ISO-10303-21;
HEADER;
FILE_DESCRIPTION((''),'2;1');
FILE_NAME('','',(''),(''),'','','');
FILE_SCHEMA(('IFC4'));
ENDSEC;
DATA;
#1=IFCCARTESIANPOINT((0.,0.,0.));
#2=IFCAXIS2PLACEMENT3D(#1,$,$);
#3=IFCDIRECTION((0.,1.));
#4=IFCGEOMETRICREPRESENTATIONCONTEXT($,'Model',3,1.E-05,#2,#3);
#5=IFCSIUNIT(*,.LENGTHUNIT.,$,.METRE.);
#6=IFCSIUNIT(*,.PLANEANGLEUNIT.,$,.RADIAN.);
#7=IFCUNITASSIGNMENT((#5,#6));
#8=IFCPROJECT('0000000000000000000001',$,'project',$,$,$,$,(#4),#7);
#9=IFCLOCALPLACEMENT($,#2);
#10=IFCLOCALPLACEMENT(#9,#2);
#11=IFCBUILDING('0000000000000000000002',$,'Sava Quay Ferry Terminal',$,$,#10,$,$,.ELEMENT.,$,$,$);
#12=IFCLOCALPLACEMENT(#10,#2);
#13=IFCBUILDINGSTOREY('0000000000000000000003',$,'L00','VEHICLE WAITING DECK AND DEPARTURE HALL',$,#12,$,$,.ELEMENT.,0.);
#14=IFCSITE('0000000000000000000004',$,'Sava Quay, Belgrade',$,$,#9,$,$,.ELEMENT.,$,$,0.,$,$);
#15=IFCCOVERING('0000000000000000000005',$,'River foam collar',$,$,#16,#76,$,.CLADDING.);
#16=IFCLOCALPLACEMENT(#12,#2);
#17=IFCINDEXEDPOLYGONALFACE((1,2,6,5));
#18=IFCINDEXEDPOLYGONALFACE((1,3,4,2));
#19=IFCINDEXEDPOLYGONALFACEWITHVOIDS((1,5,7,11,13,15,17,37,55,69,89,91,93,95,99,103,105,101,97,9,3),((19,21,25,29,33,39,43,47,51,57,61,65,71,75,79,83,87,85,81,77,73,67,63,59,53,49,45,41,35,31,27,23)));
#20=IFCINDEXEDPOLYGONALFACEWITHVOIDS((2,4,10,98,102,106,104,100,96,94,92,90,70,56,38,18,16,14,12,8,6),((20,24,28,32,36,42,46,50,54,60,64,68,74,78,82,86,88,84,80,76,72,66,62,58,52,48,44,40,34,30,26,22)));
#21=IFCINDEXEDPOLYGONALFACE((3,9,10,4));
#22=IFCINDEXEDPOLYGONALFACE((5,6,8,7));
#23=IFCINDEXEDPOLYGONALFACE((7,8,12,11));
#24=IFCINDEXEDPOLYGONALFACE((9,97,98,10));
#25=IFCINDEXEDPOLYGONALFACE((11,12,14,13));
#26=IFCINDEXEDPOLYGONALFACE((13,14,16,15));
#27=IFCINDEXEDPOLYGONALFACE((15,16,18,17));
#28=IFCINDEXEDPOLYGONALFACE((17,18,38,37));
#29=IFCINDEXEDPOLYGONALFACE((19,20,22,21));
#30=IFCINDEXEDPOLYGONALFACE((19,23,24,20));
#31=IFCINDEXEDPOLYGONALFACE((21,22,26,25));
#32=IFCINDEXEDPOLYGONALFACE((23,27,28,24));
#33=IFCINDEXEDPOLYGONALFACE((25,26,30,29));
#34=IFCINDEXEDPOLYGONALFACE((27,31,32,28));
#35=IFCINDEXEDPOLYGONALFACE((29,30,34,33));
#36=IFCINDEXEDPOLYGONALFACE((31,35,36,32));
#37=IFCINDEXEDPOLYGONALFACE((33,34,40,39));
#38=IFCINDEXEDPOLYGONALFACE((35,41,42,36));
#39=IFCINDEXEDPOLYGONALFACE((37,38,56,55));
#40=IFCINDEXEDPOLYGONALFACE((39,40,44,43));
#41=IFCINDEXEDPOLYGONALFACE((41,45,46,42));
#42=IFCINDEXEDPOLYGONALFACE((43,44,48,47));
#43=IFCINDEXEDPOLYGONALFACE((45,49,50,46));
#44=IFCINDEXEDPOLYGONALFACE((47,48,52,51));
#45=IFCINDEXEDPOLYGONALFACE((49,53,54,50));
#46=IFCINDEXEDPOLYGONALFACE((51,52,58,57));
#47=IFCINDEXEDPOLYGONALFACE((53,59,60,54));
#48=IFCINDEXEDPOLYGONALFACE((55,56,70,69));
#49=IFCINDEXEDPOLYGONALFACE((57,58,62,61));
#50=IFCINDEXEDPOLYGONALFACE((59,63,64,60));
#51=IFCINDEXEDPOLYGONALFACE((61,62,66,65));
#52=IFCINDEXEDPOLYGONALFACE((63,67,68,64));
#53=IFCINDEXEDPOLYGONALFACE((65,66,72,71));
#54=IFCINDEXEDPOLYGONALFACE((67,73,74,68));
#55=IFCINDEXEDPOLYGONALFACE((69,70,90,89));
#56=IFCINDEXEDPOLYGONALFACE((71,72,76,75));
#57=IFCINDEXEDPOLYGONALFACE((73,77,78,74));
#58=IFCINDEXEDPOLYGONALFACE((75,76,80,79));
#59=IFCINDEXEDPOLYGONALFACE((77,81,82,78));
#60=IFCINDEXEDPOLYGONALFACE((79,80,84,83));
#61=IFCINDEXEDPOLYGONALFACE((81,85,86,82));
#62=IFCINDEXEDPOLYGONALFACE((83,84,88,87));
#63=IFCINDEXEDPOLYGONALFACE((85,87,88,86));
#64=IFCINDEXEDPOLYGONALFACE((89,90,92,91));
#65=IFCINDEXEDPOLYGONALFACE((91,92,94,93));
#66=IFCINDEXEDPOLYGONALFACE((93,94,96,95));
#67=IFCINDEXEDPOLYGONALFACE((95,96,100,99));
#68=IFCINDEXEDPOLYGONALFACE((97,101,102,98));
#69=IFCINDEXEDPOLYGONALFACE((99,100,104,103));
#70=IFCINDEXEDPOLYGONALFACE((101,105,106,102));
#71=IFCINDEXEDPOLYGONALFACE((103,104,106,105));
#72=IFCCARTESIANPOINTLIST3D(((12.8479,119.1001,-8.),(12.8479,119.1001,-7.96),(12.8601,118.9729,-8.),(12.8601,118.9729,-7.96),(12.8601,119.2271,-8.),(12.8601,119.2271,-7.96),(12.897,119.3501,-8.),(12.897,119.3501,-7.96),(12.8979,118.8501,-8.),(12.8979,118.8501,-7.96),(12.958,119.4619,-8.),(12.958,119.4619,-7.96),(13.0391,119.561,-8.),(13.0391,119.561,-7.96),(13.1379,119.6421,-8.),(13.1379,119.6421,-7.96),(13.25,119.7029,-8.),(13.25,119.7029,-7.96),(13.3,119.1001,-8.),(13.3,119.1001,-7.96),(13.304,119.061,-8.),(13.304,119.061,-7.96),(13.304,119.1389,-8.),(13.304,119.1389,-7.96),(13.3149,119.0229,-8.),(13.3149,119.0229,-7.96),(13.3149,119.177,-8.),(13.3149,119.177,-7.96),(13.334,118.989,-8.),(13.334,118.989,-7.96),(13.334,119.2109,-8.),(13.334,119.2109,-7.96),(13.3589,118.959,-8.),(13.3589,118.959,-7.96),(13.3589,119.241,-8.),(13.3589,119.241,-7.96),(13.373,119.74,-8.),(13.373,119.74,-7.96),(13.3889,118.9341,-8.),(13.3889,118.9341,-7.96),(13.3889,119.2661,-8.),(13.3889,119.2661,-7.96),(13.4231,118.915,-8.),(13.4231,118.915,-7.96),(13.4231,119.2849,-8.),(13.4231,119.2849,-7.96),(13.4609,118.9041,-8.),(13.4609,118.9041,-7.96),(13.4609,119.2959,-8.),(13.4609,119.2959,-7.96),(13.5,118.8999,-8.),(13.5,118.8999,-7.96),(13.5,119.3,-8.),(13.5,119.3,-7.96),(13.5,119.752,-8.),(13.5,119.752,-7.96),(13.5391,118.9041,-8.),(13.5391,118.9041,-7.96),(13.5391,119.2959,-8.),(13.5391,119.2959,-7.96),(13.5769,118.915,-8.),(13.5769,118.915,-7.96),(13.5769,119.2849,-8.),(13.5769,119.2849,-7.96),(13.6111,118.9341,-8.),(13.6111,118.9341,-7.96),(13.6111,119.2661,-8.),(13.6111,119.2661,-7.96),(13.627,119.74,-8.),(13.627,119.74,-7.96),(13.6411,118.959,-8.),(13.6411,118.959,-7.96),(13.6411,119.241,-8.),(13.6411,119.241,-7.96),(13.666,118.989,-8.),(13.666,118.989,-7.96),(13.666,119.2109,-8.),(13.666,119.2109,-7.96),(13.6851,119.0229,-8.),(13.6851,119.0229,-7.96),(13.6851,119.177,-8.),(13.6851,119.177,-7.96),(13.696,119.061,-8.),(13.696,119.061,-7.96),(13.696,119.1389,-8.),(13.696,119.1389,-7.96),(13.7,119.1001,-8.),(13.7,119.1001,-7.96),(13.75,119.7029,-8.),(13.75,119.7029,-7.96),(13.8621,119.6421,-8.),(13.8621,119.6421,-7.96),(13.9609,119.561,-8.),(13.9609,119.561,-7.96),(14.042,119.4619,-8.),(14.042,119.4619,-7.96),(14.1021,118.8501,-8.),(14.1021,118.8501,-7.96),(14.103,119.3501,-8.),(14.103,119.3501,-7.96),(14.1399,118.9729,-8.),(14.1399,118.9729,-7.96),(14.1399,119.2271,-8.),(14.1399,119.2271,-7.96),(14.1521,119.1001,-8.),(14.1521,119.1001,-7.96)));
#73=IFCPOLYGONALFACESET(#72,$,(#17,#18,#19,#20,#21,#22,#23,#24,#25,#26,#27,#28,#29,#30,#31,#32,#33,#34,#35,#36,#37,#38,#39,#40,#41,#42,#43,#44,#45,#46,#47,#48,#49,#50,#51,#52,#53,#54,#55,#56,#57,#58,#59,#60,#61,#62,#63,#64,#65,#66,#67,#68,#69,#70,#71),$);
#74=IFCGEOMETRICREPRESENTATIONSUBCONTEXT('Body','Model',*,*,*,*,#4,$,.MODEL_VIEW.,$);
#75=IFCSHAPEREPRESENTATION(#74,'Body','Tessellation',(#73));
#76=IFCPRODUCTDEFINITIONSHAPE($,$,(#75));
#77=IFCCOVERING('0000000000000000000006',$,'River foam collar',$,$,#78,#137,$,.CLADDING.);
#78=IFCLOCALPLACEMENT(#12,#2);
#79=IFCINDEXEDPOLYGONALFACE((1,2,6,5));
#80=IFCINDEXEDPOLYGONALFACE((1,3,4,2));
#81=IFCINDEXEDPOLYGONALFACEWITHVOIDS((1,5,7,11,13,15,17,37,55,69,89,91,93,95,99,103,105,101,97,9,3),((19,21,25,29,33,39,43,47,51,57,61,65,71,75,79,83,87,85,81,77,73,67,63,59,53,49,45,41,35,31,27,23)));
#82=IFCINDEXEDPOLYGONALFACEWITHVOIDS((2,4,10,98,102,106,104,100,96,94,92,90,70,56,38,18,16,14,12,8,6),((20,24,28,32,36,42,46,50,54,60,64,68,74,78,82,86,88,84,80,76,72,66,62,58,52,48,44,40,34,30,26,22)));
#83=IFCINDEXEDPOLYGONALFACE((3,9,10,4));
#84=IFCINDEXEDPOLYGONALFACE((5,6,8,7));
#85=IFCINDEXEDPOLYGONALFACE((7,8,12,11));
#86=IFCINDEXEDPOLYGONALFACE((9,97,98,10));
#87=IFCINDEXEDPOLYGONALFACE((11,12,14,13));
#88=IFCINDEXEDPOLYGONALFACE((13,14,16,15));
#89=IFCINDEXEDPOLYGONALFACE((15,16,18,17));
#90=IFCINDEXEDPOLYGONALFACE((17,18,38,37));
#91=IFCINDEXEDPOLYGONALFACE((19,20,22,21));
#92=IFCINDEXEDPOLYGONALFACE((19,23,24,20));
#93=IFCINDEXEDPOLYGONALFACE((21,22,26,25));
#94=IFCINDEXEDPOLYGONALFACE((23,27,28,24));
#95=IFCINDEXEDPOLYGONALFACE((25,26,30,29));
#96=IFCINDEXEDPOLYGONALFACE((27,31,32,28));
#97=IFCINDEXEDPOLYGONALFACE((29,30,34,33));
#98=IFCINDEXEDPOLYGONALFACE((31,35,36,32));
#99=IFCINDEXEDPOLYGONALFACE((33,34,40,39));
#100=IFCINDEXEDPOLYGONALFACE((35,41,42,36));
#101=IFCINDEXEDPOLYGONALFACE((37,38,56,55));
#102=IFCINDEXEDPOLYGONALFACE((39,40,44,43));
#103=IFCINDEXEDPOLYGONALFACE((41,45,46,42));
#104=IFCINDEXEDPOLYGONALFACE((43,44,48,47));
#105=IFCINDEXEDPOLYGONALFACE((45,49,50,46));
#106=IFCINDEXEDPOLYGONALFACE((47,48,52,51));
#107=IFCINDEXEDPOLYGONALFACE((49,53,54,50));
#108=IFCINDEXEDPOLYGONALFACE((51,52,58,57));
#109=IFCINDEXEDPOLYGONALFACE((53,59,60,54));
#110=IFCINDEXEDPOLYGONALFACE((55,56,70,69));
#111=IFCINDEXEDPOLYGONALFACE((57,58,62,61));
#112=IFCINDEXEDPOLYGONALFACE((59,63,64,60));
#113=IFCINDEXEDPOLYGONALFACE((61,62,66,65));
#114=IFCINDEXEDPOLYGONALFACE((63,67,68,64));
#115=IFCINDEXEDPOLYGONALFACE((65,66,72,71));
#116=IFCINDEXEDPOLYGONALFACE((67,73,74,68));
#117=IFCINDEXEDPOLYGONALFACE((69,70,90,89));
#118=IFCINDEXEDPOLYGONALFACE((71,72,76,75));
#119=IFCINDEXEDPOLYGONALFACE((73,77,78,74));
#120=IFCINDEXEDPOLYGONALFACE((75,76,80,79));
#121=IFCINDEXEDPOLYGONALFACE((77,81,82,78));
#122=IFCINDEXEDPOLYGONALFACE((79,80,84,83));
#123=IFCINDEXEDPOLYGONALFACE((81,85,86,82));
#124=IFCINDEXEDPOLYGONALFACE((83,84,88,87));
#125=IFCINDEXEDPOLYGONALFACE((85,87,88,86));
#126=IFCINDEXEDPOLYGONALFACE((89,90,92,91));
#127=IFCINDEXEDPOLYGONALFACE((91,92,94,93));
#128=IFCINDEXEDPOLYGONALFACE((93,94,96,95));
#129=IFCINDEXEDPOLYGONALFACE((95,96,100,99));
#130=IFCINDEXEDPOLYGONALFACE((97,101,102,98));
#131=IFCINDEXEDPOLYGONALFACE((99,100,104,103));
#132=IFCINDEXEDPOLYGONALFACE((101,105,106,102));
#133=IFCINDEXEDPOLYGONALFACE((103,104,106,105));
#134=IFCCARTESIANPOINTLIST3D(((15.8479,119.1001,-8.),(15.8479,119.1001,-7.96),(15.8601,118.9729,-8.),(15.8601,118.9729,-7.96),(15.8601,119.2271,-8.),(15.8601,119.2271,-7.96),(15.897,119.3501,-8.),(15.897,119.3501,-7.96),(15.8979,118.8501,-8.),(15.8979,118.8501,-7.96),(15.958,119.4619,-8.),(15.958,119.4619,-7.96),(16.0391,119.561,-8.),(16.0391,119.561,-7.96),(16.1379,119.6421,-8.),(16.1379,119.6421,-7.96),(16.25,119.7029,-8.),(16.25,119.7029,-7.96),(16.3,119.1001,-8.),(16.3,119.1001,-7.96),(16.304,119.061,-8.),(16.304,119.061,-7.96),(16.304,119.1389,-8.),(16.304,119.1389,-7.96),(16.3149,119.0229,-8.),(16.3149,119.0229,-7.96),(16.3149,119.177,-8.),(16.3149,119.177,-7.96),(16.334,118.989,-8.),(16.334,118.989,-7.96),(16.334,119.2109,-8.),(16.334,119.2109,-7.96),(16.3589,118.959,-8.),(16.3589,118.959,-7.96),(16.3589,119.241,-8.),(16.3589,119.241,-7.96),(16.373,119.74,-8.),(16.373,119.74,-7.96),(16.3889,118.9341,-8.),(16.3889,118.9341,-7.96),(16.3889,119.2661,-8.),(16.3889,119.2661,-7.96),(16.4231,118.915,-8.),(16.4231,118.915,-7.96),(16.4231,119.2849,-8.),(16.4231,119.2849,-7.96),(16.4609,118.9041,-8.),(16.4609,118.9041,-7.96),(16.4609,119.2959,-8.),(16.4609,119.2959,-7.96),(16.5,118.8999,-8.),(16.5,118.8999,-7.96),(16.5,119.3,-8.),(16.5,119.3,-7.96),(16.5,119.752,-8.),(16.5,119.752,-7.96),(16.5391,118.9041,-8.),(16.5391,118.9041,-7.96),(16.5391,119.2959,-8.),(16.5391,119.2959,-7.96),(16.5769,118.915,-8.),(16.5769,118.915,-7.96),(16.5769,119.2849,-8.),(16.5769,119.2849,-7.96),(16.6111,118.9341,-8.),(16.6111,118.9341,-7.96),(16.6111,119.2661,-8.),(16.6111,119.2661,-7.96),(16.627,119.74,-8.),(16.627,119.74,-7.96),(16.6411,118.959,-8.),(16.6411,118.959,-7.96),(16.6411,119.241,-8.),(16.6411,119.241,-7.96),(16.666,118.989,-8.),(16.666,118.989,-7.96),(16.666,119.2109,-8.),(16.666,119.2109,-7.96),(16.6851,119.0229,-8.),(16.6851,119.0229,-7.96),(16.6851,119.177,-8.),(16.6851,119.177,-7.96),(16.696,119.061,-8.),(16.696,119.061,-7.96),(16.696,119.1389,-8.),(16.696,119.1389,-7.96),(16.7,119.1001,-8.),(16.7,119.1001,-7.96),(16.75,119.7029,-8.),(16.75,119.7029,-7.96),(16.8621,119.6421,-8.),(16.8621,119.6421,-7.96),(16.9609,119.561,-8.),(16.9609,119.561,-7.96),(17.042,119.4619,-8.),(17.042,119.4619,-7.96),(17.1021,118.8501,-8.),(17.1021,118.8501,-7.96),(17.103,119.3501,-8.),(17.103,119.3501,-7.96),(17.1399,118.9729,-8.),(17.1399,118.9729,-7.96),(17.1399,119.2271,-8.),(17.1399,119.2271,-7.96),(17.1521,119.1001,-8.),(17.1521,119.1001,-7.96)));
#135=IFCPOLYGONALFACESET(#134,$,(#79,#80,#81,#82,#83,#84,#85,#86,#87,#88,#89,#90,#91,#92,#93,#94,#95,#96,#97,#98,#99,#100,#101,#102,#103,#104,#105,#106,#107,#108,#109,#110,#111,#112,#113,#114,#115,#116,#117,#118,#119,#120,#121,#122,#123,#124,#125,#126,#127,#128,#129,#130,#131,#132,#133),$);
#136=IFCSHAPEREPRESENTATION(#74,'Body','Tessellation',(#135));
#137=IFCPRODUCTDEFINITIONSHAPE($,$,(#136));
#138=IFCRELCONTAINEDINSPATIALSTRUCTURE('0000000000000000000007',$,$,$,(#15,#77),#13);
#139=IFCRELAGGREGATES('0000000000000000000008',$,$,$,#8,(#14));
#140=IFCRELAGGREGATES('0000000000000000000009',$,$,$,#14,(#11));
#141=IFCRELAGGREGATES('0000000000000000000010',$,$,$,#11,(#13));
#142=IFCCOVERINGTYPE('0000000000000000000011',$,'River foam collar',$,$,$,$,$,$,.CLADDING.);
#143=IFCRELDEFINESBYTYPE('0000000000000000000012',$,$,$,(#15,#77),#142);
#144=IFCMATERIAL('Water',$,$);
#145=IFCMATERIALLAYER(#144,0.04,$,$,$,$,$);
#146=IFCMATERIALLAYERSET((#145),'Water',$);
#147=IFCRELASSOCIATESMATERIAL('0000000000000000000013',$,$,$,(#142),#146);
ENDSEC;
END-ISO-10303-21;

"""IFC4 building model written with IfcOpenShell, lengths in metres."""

from ifc_helpers import new_model, si_unit, direction, frame, origin, place, context, subcontext, project, spatial, polyline, outline, extrude, material, layer, layer_set, type_object, element, save


model = new_model("IFC4")

# Units and contexts
model_context = context("Model", 3, precision=1e-05, world=origin(), true_north=direction((0.0, 1.0)))
body_context = subcontext(model_context, "Body", "Model", "MODEL_VIEW")
ifc_project = project(units=[si_unit("LENGTHUNIT", "METRE"), si_unit("PLANEANGLEUNIT", "RADIAN")], contexts=[model_context])

# Site, building, storey
site_placement = place(None, origin())
site = spatial("IfcSite", under=ifc_project, at=site_placement, Name="Sava Quay, Belgrade", CompositionType="ELEMENT", RefElevation=0.0)
building_placement = place(site_placement, origin())
building = spatial("IfcBuilding", under=site, at=building_placement, Name="Sava Quay Ferry Terminal", CompositionType="ELEMENT")
storey_placement = place(building_placement, origin())
storey = spatial("IfcBuildingStorey", under=building, at=storey_placement, Name="L00", Description="VEHICLE WAITING DECK AND DEPARTURE HALL", CompositionType="ELEMENT", Elevation=0.0)

# Coverings
ifc_material_1 = material(Name="Water")
ifc_layer_1 = layer(ifc_material_1, 0.04)
ifc_layer_set_1 = layer_set([ifc_layer_1], Name="Water")
covering_type_1 = type_object("IfcCoveringType", Name="River foam collar", PredefinedType="CLADDING", material=ifc_layer_set_1)
covering_1_placement = place(storey_placement, frame((0.0, 0.0, -8.0)))
element("IfcCovering", 1, at=covering_1_placement, inside=storey, type_object=covering_type_1, Name="River foam collar", PredefinedType="CLADDING", context=body_context, shape_type="SweptSolid", body=[
    extrude(outline(polyline([(12.8479, 119.1001), (12.8601, 118.9729), (12.8979, 118.8501), (14.1021, 118.8501), (14.1399, 118.9729), (14.1521, 119.1001), (14.1399, 119.2271), (14.103, 119.3501), (14.042, 119.4619), (13.9609, 119.561), (13.8621, 119.6421), (13.75, 119.7029), (13.627, 119.74), (13.5, 119.752), (13.373, 119.74), (13.25, 119.7029), (13.1379, 119.6421), (13.0391, 119.561), (12.958, 119.4619), (12.897, 119.3501), (12.8601, 119.2271), (12.8479, 119.1001)]), holes=[polyline([(13.666, 119.2109), (13.6851, 119.177), (13.696, 119.1389), (13.7, 119.1001), (13.696, 119.061), (13.6851, 119.0229), (13.666, 118.989), (13.6411, 118.959), (13.6111, 118.9341), (13.5769, 118.915), (13.5391, 118.9041), (13.5, 118.8999), (13.4609, 118.9041), (13.4231, 118.915), (13.3889, 118.9341), (13.3589, 118.959), (13.334, 118.989), (13.3149, 119.0229), (13.304, 119.061), (13.3, 119.1001), (13.304, 119.1389), (13.3149, 119.177), (13.334, 119.2109), (13.3589, 119.241), (13.3889, 119.2661), (13.4231, 119.2849), (13.4609, 119.2959), (13.5, 119.3), (13.5391, 119.2959), (13.5769, 119.2849), (13.6111, 119.2661), (13.6411, 119.241), (13.666, 119.2109)])]), origin(), (0.0, 0.0, 1.0), 0.04),
])
covering_2_placement = place(storey_placement, frame((0.0, 0.0, -8.0)))
element("IfcCovering", 2, at=covering_2_placement, inside=storey, type_object=covering_type_1, Name="River foam collar", PredefinedType="CLADDING", context=body_context, shape_type="SweptSolid", body=[
    extrude(outline(polyline([(15.8601, 119.2271), (15.8479, 119.1001), (15.8601, 118.9729), (15.8979, 118.8501), (17.1021, 118.8501), (17.1399, 118.9729), (17.1521, 119.1001), (17.1399, 119.2271), (17.103, 119.3501), (17.042, 119.4619), (16.9609, 119.561), (16.8621, 119.6421), (16.75, 119.7029), (16.627, 119.74), (16.5, 119.752), (16.373, 119.74), (16.25, 119.7029), (16.1379, 119.6421), (16.0391, 119.561), (15.958, 119.4619), (15.897, 119.3501), (15.8601, 119.2271)]), holes=[polyline([(16.6411, 119.241), (16.666, 119.2109), (16.6851, 119.177), (16.696, 119.1389), (16.7, 119.1001), (16.696, 119.061), (16.6851, 119.0229), (16.666, 118.989), (16.6411, 118.959), (16.6111, 118.9341), (16.5769, 118.915), (16.5391, 118.9041), (16.5, 118.8999), (16.4609, 118.9041), (16.4231, 118.915), (16.3889, 118.9341), (16.3589, 118.959), (16.334, 118.989), (16.3149, 119.0229), (16.304, 119.061), (16.3, 119.1001), (16.304, 119.1389), (16.3149, 119.177), (16.334, 119.2109), (16.3589, 119.241), (16.3889, 119.2661), (16.4231, 119.2849), (16.4609, 119.2959), (16.5, 119.3), (16.5391, 119.2959), (16.5769, 119.2849), (16.6111, 119.2661), (16.6411, 119.241)])]), origin(), (0.0, 0.0, 1.0), 0.04),
])

save(model, "model.ifc")
